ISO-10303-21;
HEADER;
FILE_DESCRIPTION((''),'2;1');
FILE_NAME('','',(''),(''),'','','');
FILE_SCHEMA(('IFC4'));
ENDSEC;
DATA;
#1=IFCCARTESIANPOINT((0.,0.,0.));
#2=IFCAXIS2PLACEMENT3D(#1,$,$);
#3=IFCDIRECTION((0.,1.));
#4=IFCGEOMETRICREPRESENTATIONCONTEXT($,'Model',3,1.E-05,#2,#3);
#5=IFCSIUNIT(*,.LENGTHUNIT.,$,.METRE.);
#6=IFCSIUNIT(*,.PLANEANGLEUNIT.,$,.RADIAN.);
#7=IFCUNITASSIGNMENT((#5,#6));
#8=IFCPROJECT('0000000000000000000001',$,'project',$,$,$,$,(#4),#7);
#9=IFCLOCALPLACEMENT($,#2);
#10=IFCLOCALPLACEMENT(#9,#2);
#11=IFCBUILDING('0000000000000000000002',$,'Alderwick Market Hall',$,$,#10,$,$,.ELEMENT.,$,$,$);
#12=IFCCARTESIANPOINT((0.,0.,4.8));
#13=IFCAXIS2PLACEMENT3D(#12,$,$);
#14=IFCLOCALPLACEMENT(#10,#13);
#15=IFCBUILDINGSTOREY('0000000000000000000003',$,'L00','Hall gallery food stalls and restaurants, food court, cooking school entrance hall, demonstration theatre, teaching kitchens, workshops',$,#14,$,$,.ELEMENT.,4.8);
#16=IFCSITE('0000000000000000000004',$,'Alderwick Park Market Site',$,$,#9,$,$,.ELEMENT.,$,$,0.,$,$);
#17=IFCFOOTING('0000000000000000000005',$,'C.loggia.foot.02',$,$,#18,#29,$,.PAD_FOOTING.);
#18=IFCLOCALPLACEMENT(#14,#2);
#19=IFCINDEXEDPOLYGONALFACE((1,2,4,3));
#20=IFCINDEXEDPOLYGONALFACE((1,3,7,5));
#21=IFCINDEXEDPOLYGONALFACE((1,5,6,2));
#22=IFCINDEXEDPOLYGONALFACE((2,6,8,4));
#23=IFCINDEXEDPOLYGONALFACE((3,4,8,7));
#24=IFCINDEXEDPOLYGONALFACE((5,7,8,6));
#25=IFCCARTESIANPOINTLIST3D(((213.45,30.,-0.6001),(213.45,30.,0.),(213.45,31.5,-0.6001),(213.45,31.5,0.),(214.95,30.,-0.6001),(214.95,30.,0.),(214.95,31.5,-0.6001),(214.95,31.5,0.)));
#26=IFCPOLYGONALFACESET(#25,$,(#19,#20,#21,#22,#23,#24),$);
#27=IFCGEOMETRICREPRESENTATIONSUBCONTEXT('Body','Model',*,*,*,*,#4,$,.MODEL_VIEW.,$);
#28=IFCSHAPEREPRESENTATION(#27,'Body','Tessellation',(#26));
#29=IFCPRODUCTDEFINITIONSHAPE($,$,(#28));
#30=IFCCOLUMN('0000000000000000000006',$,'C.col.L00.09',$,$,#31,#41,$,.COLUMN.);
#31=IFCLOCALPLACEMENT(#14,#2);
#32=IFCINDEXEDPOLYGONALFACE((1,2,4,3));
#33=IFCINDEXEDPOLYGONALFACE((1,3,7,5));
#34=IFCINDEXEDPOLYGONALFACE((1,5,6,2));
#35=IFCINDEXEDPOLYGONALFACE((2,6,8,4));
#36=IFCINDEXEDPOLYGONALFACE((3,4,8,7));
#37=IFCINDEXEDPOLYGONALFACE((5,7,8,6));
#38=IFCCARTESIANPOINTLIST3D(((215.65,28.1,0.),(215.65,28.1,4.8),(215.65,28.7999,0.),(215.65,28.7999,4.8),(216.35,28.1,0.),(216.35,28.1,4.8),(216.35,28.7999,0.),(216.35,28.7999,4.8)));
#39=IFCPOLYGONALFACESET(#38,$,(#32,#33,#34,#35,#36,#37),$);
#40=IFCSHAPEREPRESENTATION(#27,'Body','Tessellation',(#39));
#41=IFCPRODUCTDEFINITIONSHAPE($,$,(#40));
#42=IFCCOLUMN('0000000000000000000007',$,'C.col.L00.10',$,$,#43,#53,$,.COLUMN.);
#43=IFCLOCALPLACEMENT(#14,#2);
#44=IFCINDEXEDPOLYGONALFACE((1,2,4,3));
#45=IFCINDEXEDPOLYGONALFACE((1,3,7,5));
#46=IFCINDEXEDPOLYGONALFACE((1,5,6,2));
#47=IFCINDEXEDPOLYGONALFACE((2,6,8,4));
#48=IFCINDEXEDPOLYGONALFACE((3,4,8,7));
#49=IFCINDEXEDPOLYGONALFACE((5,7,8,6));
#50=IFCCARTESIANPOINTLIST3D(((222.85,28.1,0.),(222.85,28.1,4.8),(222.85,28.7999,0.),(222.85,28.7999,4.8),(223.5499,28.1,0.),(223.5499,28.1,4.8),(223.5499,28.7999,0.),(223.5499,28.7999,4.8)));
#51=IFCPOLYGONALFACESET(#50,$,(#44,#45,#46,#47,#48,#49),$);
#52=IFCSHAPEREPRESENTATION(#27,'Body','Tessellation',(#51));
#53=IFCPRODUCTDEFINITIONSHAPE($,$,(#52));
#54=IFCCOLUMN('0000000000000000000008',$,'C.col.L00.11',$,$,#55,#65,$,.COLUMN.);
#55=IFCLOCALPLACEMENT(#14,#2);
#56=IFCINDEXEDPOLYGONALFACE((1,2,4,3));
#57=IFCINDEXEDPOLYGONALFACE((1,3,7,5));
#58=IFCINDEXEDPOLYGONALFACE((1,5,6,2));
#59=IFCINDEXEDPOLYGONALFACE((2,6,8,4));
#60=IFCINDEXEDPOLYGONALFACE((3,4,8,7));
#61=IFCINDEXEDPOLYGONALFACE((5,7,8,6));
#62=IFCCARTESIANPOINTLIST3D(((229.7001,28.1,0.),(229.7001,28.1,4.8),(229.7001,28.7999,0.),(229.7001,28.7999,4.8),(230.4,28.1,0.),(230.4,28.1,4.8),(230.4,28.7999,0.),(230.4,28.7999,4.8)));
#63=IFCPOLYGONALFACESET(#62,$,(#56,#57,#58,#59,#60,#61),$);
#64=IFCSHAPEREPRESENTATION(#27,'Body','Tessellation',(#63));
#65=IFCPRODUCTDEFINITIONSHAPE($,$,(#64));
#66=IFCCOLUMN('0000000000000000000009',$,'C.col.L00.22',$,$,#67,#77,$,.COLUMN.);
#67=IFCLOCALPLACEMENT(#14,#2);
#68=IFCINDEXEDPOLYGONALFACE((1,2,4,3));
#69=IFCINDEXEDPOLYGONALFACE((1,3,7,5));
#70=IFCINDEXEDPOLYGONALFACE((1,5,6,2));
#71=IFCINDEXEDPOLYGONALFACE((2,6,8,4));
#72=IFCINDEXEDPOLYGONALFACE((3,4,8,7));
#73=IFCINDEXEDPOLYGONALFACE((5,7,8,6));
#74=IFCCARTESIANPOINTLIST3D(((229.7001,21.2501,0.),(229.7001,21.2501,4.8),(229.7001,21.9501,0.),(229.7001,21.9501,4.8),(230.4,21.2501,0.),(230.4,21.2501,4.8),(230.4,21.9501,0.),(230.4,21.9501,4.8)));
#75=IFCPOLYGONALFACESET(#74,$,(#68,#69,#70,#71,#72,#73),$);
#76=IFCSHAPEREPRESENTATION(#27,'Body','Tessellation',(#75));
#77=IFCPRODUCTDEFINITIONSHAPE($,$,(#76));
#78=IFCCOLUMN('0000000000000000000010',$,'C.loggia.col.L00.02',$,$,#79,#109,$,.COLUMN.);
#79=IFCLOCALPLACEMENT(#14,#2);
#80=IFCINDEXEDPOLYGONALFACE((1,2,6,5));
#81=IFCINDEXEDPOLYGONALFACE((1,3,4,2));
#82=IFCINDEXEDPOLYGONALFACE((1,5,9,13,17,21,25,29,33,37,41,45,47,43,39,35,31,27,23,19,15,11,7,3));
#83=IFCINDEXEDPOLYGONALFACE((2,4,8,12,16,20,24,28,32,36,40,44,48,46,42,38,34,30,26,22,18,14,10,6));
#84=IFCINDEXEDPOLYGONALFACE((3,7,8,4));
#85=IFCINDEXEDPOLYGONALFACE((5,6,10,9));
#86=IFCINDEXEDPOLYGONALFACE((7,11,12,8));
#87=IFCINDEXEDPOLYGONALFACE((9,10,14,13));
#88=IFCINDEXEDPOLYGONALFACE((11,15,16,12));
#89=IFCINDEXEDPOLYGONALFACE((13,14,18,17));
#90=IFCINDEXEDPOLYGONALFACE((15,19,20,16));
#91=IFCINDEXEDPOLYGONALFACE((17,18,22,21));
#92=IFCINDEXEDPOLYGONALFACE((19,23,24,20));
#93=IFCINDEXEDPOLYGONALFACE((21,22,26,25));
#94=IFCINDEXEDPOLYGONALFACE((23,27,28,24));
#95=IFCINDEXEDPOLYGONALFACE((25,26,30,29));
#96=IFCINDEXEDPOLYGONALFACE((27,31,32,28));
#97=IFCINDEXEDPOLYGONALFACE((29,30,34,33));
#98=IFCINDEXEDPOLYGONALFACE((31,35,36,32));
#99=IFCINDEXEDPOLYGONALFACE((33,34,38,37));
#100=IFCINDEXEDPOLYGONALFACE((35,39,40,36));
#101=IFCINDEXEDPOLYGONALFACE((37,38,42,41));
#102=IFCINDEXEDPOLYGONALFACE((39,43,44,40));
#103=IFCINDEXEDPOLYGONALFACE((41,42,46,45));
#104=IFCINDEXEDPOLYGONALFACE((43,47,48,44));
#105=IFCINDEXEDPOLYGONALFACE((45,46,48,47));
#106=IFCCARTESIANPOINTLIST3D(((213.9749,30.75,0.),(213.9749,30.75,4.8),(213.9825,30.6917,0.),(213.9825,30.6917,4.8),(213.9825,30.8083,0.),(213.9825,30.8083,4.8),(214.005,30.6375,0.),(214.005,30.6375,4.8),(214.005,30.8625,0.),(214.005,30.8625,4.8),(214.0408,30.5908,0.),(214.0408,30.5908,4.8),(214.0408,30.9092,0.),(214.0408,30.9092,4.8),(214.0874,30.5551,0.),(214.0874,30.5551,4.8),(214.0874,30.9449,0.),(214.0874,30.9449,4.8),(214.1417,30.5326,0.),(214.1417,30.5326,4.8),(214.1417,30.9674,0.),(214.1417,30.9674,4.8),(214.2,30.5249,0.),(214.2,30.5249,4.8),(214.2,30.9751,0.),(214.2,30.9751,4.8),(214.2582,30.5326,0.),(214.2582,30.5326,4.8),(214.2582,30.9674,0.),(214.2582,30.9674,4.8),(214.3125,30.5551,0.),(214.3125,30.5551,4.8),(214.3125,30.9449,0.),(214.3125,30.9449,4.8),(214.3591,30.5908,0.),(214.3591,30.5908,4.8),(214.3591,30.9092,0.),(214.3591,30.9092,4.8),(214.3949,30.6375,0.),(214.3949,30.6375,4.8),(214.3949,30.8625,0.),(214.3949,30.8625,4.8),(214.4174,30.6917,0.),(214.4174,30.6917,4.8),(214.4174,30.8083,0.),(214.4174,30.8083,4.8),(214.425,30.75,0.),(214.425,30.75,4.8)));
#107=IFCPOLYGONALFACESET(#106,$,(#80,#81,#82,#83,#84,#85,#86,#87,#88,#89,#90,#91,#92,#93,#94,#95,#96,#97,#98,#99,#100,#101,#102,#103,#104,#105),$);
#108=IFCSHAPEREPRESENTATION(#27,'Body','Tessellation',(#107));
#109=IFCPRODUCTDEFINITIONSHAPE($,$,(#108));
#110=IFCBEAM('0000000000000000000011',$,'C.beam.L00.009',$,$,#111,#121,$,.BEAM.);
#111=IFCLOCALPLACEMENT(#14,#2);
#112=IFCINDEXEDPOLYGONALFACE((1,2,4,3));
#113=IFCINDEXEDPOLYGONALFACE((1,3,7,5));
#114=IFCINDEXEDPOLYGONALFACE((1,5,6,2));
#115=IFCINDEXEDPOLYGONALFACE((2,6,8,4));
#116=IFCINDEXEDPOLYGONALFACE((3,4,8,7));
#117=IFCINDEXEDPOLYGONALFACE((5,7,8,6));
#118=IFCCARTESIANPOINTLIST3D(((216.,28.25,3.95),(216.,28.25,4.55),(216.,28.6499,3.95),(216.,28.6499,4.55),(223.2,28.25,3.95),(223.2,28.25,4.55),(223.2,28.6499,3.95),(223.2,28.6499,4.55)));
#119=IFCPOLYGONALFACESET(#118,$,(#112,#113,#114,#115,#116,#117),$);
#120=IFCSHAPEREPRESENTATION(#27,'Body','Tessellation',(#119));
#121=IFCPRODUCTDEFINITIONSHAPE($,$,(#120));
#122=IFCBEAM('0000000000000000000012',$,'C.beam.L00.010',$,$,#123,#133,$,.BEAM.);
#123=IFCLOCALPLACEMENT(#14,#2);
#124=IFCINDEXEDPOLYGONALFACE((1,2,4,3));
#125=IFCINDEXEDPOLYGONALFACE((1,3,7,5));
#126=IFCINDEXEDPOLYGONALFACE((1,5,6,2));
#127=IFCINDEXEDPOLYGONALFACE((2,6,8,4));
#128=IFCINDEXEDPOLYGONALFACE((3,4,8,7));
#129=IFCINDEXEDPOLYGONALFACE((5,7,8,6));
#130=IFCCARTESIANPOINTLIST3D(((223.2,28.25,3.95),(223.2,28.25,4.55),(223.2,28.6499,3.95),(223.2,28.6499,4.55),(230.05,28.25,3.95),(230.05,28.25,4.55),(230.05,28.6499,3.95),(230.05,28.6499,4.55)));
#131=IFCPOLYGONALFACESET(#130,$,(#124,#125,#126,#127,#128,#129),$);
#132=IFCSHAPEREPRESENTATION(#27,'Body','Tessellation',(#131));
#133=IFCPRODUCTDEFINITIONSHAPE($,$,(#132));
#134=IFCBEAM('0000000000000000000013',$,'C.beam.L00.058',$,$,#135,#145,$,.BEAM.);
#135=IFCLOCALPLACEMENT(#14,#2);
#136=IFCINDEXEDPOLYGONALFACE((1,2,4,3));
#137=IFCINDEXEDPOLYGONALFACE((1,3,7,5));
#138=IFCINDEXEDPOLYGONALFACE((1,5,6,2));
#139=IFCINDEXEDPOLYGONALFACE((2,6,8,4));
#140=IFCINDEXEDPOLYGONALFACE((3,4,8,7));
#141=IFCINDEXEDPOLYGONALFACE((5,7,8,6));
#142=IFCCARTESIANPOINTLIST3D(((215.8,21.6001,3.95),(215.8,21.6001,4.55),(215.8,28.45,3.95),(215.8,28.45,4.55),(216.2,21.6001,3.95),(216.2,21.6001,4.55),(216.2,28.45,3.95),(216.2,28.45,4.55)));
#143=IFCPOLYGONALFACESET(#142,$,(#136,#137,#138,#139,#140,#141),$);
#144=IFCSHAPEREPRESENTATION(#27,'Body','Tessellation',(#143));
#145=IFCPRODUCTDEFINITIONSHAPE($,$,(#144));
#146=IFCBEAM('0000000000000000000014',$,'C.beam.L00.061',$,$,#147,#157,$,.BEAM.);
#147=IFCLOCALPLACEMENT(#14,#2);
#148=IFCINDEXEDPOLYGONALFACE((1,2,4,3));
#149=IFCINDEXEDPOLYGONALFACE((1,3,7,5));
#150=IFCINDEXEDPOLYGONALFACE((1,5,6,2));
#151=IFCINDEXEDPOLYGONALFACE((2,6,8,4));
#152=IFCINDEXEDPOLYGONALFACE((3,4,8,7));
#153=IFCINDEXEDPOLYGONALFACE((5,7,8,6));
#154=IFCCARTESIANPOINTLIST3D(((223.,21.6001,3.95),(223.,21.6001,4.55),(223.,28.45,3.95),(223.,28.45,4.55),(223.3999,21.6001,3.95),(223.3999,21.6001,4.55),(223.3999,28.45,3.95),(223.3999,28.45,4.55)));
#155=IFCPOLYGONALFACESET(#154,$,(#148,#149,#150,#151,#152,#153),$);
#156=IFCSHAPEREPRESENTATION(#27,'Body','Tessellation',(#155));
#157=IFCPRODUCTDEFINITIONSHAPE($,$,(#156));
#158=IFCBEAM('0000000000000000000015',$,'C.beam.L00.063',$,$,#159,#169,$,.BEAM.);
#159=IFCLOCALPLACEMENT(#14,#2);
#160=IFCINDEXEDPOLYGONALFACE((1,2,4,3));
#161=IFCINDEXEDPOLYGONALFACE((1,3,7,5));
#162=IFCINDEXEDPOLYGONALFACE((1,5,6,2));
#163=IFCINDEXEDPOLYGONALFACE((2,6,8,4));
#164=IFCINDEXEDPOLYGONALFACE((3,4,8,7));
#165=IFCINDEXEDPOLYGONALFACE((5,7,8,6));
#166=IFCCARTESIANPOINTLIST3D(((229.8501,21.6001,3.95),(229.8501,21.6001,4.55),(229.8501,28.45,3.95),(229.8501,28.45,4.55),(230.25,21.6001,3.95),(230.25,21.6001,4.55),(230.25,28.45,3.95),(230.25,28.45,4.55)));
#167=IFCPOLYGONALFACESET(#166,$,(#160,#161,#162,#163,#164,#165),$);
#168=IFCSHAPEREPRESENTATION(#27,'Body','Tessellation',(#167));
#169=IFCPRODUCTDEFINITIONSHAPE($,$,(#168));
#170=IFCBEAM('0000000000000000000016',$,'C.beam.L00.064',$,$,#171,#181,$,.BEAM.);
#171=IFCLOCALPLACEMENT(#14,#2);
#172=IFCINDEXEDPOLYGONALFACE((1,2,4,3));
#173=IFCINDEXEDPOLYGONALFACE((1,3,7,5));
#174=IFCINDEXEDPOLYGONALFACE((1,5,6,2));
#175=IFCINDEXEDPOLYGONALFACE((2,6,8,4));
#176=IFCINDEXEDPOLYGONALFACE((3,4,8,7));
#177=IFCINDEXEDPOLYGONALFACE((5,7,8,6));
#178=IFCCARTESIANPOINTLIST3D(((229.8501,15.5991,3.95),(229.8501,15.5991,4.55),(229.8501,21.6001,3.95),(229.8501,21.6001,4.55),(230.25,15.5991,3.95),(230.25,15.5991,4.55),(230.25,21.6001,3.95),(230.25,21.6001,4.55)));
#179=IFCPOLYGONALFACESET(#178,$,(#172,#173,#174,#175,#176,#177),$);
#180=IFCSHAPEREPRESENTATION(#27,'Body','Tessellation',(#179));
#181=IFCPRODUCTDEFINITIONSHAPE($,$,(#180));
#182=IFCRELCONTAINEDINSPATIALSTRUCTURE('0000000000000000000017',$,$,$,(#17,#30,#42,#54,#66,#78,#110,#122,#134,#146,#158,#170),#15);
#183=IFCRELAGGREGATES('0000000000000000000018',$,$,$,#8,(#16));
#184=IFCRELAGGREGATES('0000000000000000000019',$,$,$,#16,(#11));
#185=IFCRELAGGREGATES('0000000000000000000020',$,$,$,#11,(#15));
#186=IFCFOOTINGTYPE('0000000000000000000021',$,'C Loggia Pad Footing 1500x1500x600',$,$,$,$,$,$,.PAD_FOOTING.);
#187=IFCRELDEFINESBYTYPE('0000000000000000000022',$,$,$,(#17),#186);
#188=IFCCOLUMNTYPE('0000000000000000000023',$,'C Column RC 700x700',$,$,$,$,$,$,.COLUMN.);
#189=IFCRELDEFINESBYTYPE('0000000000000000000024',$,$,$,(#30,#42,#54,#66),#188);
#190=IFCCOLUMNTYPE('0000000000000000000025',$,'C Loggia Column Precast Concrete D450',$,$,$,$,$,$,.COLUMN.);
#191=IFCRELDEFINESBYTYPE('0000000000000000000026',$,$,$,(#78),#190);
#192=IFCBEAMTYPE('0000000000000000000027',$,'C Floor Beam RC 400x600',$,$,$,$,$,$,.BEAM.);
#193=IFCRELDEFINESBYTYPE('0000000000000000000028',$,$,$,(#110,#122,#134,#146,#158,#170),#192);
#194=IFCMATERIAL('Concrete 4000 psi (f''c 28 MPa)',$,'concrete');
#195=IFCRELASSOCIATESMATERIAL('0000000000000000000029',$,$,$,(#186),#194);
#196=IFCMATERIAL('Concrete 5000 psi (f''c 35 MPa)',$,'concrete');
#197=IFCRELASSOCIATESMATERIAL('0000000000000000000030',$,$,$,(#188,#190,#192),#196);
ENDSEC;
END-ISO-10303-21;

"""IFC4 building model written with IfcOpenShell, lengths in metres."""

from ifc_helpers import new_model, si_unit, direction, frame, origin, origin_2d, place, context, subcontext, project, spatial, rectangle, circle, extrude, material, material_profile, profile_set, type_object, element, save


model = new_model("IFC4")

# Units and contexts
model_context = context("Model", 3, precision=1e-05, world=origin(), true_north=direction((0.0, 1.0)))
body_context = subcontext(model_context, "Body", "Model", "MODEL_VIEW")
ifc_project = project(units=[si_unit("LENGTHUNIT", "METRE"), si_unit("PLANEANGLEUNIT", "RADIAN")], contexts=[model_context])

# Site, building, storey
site_placement = place(None, origin())
site = spatial("IfcSite", under=ifc_project, at=site_placement, Name="Alderwick Park Market Site", CompositionType="ELEMENT", RefElevation=0.0)
building_placement = place(site_placement, origin())
building = spatial("IfcBuilding", under=site, at=building_placement, Name="Alderwick Market Hall", CompositionType="ELEMENT")
storey_placement = place(building_placement, frame((0.0, 0.0, 4.8)))
storey = spatial("IfcBuildingStorey", under=building, at=storey_placement, Name="L00", Description="Hall gallery food stalls and restaurants, food court, cooking school entrance hall, demonstration theatre, teaching kitchens, workshops", CompositionType="ELEMENT", Elevation=4.8)

# Footing
ifc_material_1 = material(Name="Concrete 4000 psi (f'c 28 MPa)", Category="concrete")
footing_type = type_object("IfcFootingType", Name="C Loggia Pad Footing 1500x1500x600", PredefinedType="PAD_FOOTING", material=ifc_material_1)
footing_placement = place(storey_placement, frame((214.2, 30.75, -0.6001), z_axis=(0.0, 0.0, 1.0), x_axis=(1.0, 0.0, 0.0)))
element("IfcFooting", 1, at=footing_placement, inside=storey, type_object=footing_type, Name="C.loggia.foot.02", PredefinedType="PAD_FOOTING", context=body_context, shape_type="SweptSolid", body=[
    extrude(rectangle(XDim=1.5, YDim=1.5, at=origin_2d()), origin(), (0.0, 0.0, 1.0), 0.6001),
])

# Columns
ifc_material_2 = material(Name="Concrete 5000 psi (f'c 35 MPa)", Category="concrete")
ifc_material_profile_1 = material_profile(ifc_material_2, rectangle(XDim=0.7, YDim=0.7, at=origin_2d()), Name="RC 700x700")
ifc_profile_set_1 = profile_set([ifc_material_profile_1], Name="Concrete 5000 psi (f'c 35 MPa)")
column_type_1 = type_object("IfcColumnType", Name="C Column RC 700x700", PredefinedType="COLUMN", material=ifc_profile_set_1)
for number, where, z_axis, x_axis, name in (
    (2, (216.0, 28.45, 0.0), (0.0, 0.0, 1.0), (1.0, 0.0, 0.0), "C.col.L00.09"),
    (3, (223.2, 28.45, 0.0), (0.0, 0.0, 1.0), (1.0, 0.0, 0.0), "C.col.L00.10"),
    (4, (230.05, 28.45, 0.0), (0.0, 0.0, 1.0), (1.0, 0.0, 0.0), "C.col.L00.11"),
    (5, (230.05, 21.6001, 0.0), (0.0, 0.0, 1.0), (1.0, 0.0, 0.0), "C.col.L00.22"),
):
    element("IfcColumn", number, at=place(storey_placement, frame(where, z_axis=z_axis, x_axis=x_axis)), inside=storey, type_object=column_type_1, Name=name, PredefinedType="COLUMN", context=body_context, shape_type="SweptSolid", body=[
        extrude(rectangle(XDim=0.7, YDim=0.7, at=origin_2d()), origin(), (0.0, 0.0, 1.0), 4.8),
    ])
ifc_material_profile_2 = material_profile(ifc_material_2, circle(Radius=0.2251, at=origin_2d()), Name="PC D450")
ifc_profile_set_2 = profile_set([ifc_material_profile_2], Name="Concrete 5000 psi (f'c 35 MPa)")
column_type_2 = type_object("IfcColumnType", Name="C Loggia Column Precast Concrete D450", PredefinedType="COLUMN", material=ifc_profile_set_2)
column_placement = place(storey_placement, frame((214.2, 30.75, 0.0), z_axis=(0.0, 0.0, 1.0), x_axis=(1.0, 0.0, 0.0)))
element("IfcColumn", 6, at=column_placement, inside=storey, type_object=column_type_2, Name="C.loggia.col.L00.02", PredefinedType="COLUMN", context=body_context, shape_type="SweptSolid", body=[
    extrude(circle(Radius=0.2251, at=origin_2d()), origin(), (0.0, 0.0, 1.0), 4.8),
])

# Beams
ifc_material_profile_3 = material_profile(ifc_material_2, rectangle(XDim=0.3999, YDim=0.6001, at=origin_2d()), Name="RC 400x600")
ifc_profile_set_3 = profile_set([ifc_material_profile_3], Name="Concrete 5000 psi (f'c 35 MPa)")
beam_type = type_object("IfcBeamType", Name="C Floor Beam RC 400x600", PredefinedType="BEAM", material=ifc_profile_set_3)
beam_1_placement = place(storey_placement, frame((216.0, 28.45, 4.25), z_axis=(1.0, 0.0, 0.0), x_axis=(0.0, 1.0, 0.0)))
element("IfcBeam", 7, at=beam_1_placement, inside=storey, type_object=beam_type, Name="C.beam.L00.009", PredefinedType="BEAM", context=body_context, shape_type="SweptSolid", body=[
    extrude(rectangle(XDim=0.3999, YDim=0.6001, at=origin_2d()), origin(), (0.0, 0.0, 1.0), 7.2),
])
beam_2_placement = place(storey_placement, frame((223.2, 28.45, 4.25), z_axis=(1.0, 0.0, 0.0), x_axis=(0.0, 1.0, 0.0)))
element("IfcBeam", 8, at=beam_2_placement, inside=storey, type_object=beam_type, Name="C.beam.L00.010", PredefinedType="BEAM", context=body_context, shape_type="SweptSolid", body=[
    extrude(rectangle(XDim=0.3999, YDim=0.6001, at=origin_2d()), origin(), (0.0, 0.0, 1.0), 6.8501),
])
for number, where, z_axis, x_axis, name in (
    (9, (216.0, 28.45, 4.25), (0.0, -1.0, 0.0), (1.0, 0.0, 0.0), "C.beam.L00.058"),
    (10, (223.2, 28.45, 4.25), (0.0, -1.0, 0.0), (1.0, 0.0, 0.0), "C.beam.L00.061"),
    (11, (230.05, 28.45, 4.25), (0.0, -1.0, 0.0), (1.0, 0.0, 0.0), "C.beam.L00.063"),
):
    element("IfcBeam", number, at=place(storey_placement, frame(where, z_axis=z_axis, x_axis=x_axis)), inside=storey, type_object=beam_type, Name=name, PredefinedType="BEAM", context=body_context, shape_type="SweptSolid", body=[
        extrude(rectangle(XDim=0.3999, YDim=0.6001, at=origin_2d()), origin(), (0.0, 0.0, 1.0), 6.8499),
    ])
beam_3_placement = place(storey_placement, frame((230.05, 21.6001, 4.25), z_axis=(0.0, -1.0, 0.0), x_axis=(1.0, 0.0, 0.0)))
element("IfcBeam", 12, at=beam_3_placement, inside=storey, type_object=beam_type, Name="C.beam.L00.064", PredefinedType="BEAM", context=body_context, shape_type="SweptSolid", body=[
    extrude(rectangle(XDim=0.3999, YDim=0.6001, at=origin_2d()), origin(), (0.0, 0.0, 1.0), 6.001),
])

save(model, "model.ifc")
